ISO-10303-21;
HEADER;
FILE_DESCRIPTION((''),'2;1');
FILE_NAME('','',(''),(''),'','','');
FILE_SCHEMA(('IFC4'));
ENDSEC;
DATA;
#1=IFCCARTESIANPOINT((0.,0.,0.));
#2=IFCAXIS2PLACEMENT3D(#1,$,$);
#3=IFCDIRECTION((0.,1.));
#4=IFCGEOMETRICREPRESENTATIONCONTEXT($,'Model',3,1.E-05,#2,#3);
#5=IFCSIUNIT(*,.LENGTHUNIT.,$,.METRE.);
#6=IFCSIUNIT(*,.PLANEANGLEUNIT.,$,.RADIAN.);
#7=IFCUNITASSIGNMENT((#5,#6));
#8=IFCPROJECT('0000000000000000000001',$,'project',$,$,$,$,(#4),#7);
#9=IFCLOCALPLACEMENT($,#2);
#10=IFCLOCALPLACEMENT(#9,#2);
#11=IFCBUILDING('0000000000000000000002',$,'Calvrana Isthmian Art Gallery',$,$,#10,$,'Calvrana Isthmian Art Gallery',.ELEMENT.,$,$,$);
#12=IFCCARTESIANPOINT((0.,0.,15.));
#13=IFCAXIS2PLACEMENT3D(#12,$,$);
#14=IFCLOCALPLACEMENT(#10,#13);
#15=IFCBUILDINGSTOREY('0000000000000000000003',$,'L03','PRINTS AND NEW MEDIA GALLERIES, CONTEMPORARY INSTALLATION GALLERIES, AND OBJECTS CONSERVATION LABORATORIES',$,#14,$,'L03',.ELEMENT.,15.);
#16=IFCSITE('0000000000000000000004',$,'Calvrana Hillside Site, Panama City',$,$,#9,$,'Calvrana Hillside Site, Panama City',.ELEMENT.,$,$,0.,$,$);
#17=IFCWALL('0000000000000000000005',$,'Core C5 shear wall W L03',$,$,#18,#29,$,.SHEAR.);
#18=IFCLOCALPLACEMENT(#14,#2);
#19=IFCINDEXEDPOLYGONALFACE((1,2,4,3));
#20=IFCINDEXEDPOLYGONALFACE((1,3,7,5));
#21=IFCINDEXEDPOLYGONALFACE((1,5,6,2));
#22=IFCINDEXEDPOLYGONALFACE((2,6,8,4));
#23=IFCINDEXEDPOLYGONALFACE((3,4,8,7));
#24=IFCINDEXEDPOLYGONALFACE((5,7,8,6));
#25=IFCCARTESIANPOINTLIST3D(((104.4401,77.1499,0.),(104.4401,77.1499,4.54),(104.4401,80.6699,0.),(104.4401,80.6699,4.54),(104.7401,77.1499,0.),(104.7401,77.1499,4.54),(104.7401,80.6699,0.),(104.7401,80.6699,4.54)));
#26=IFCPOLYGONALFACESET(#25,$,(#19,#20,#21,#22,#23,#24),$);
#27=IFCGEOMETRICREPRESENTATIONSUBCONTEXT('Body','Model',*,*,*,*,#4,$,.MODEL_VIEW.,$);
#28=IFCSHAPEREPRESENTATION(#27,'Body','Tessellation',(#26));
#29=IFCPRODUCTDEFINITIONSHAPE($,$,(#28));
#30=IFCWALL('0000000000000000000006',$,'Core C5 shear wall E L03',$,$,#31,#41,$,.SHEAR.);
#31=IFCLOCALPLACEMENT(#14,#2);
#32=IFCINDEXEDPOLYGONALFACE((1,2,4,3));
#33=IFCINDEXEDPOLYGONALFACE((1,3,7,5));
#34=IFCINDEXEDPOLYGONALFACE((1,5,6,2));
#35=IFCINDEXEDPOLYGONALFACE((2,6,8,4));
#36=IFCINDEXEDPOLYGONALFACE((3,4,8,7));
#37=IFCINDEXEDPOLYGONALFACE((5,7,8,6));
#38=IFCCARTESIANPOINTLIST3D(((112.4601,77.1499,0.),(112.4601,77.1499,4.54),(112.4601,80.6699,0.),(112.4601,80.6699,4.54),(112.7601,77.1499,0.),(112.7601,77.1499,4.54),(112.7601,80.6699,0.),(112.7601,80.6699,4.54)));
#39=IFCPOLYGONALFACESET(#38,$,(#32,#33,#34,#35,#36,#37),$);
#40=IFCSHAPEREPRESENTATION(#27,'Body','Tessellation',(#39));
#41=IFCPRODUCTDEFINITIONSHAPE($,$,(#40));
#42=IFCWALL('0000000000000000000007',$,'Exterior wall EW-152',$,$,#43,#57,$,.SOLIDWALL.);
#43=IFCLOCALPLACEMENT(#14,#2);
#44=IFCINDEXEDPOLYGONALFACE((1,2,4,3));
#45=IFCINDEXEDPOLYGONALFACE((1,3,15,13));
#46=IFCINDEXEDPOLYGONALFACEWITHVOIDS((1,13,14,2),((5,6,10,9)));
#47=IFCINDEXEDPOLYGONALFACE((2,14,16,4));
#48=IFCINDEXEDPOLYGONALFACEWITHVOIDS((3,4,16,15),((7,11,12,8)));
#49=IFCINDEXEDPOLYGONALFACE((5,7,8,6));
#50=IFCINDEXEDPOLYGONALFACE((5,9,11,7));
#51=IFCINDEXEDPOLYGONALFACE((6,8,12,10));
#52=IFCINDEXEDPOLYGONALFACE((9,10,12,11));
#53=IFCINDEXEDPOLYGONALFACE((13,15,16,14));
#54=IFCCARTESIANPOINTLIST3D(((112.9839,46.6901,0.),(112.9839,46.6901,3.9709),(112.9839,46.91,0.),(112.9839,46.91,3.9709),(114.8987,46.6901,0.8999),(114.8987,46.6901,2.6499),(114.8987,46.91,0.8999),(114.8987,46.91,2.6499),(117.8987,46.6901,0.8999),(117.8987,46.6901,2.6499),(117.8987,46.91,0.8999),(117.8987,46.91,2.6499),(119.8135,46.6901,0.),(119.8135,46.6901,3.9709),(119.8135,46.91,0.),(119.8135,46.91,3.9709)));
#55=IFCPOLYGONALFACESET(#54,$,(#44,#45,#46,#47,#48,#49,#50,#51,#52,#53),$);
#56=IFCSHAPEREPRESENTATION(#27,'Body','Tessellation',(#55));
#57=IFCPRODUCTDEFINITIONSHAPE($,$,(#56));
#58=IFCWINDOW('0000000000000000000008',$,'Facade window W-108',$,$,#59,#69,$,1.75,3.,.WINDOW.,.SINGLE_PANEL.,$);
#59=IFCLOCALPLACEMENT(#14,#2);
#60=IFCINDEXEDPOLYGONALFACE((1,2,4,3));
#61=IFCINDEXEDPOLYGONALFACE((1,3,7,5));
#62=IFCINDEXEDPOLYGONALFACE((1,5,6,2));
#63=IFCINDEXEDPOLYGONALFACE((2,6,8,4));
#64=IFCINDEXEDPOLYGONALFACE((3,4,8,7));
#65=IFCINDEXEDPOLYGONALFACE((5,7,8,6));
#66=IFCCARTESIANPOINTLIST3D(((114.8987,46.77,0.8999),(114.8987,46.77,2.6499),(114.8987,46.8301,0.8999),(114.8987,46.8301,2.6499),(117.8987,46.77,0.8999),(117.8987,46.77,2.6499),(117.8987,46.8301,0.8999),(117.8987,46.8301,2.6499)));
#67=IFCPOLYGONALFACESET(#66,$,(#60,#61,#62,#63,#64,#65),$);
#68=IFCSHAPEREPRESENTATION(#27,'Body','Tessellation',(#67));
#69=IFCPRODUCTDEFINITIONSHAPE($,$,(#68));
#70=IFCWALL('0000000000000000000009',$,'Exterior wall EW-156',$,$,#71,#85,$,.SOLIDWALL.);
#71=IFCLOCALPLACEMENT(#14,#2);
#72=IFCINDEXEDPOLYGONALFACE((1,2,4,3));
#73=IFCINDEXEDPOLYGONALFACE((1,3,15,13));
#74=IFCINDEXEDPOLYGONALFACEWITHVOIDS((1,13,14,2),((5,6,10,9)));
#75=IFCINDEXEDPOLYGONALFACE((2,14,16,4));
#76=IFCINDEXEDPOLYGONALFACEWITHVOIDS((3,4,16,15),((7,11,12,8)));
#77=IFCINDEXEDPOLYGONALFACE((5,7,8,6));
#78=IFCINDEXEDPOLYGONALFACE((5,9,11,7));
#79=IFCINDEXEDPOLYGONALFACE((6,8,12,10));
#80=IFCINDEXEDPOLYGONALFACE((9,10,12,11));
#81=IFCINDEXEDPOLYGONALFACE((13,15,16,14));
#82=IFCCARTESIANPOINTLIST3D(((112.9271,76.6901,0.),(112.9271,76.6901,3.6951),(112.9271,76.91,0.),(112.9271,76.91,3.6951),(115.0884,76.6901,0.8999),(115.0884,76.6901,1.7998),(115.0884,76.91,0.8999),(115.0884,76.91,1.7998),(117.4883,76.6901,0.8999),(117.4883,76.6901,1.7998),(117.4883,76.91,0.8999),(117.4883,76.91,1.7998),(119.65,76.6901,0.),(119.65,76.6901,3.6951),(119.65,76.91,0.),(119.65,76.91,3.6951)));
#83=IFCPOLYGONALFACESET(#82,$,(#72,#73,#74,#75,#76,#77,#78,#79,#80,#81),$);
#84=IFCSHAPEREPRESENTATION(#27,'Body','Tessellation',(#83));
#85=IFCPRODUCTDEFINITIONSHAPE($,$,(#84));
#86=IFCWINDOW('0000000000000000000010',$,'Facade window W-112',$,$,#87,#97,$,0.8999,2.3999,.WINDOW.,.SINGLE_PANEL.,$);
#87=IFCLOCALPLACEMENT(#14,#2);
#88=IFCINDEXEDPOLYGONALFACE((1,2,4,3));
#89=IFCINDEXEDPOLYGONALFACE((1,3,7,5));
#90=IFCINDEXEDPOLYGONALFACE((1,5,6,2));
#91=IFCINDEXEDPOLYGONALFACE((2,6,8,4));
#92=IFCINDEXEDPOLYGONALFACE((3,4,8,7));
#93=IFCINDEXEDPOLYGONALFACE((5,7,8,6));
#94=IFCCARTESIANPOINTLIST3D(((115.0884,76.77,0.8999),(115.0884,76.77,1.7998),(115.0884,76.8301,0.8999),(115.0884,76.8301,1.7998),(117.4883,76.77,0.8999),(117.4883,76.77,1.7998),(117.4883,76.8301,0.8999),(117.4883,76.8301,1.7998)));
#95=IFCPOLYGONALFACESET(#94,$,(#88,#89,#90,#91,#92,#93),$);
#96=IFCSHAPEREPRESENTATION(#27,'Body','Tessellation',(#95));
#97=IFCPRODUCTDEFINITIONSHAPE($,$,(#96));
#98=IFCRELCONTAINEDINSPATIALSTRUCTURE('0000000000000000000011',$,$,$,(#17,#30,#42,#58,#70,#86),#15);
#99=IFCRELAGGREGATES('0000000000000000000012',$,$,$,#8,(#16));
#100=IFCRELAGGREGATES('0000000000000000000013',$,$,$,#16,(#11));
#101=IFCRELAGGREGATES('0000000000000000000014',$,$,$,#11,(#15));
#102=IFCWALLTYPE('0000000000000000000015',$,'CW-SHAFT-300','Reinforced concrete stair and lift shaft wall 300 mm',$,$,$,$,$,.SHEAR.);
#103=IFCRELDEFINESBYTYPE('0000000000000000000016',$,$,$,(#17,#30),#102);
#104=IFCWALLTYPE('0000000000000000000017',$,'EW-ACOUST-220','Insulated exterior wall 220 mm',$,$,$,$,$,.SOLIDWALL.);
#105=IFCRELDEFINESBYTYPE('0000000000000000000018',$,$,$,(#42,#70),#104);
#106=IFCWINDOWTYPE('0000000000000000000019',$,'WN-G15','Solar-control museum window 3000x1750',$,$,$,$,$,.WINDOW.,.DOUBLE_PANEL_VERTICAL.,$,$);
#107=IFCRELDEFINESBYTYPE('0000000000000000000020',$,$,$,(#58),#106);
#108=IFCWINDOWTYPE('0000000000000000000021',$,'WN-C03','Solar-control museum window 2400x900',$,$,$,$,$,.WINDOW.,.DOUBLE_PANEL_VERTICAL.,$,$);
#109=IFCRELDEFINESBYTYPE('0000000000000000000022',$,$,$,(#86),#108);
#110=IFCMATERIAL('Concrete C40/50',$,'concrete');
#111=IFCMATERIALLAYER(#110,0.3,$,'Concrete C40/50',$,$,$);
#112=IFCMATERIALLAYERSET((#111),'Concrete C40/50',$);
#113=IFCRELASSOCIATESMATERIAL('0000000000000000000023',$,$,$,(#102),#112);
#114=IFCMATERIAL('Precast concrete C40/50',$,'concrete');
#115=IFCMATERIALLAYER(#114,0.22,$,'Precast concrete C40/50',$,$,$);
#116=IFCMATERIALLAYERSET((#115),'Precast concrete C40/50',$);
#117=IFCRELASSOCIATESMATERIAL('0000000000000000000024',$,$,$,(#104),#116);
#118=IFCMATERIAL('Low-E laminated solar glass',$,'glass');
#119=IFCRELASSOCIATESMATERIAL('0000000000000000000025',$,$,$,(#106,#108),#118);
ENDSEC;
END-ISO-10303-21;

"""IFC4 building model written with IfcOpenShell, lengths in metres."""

from ifc_helpers import new_model, si_unit, direction, frame, frame_2d, origin, place, context, subcontext, project, spatial, rectangle, extrude, material, layer, layer_set, type_object, element, fill, save


model = new_model("IFC4")

# Units and contexts
model_context = context("Model", 3, precision=1e-05, world=origin(), true_north=direction((0.0, 1.0)))
body_context = subcontext(model_context, "Body", "Model", "MODEL_VIEW")
ifc_project = project(units=[si_unit("LENGTHUNIT", "METRE"), si_unit("PLANEANGLEUNIT", "RADIAN")], contexts=[model_context])

# Site, building, storey
site_placement = place(None, origin())
site = spatial("IfcSite", under=ifc_project, at=site_placement, Name="Calvrana Hillside Site, Panama City", LongName="Calvrana Hillside Site, Panama City", CompositionType="ELEMENT", RefElevation=0.0)
building_placement = place(site_placement, origin())
building = spatial("IfcBuilding", under=site, at=building_placement, Name="Calvrana Isthmian Art Gallery", LongName="Calvrana Isthmian Art Gallery", CompositionType="ELEMENT")
storey_placement = place(building_placement, frame((0.0, 0.0, 15.0)))
storey = spatial("IfcBuildingStorey", under=building, at=storey_placement, Name="L03", Description="PRINTS AND NEW MEDIA GALLERIES, CONTEMPORARY INSTALLATION GALLERIES, AND OBJECTS CONSERVATION LABORATORIES", LongName="L03", CompositionType="ELEMENT", Elevation=15.0)

# Shared definitions
ifc_material_1 = material(Name="Concrete C40/50", Category="concrete")

# Walls
ifc_layer_1 = layer(ifc_material_1, 0.3, Name="Concrete C40/50")
ifc_layer_set_1 = layer_set([ifc_layer_1], Name="Concrete C40/50")
wall_type_1 = type_object("IfcWallType", Name="CW-SHAFT-300", Description="Reinforced concrete stair and lift shaft wall 300 mm", PredefinedType="SHEAR", material=ifc_layer_set_1)
for number, where, z_axis, x_axis, name in (
    (1, (104.5901, 77.1499, 0.0), (0.0, 0.0, 1.0), (0.0, 1.0, 0.0), "Core C5 shear wall W L03"),
    (2, (112.6101, 77.1499, 0.0), (0.0, 0.0, 1.0), (0.0, 1.0, 0.0), "Core C5 shear wall E L03"),
):
    element("IfcWall", number, at=place(storey_placement, frame(where, z_axis=z_axis, x_axis=x_axis)), inside=storey, type_object=wall_type_1, Name=name, PredefinedType="SHEAR", context=body_context, shape_type="SweptSolid", body=[
        extrude(rectangle(XDim=3.52, YDim=0.3, at=frame_2d((1.76, 0.0))), origin(), (0.0, 0.0, 1.0), 4.54),
    ])

# Walls, openings, windows
ifc_material_2 = material(Name="Precast concrete C40/50", Category="concrete")
ifc_layer_2 = layer(ifc_material_2, 0.22, Name="Precast concrete C40/50")
ifc_layer_set_2 = layer_set([ifc_layer_2], Name="Precast concrete C40/50")
wall_type_2 = type_object("IfcWallType", Name="EW-ACOUST-220", Description="Insulated exterior wall 220 mm", PredefinedType="SOLIDWALL", material=ifc_layer_set_2)
wall_1_placement = place(storey_placement, frame((112.9839, 46.8, 0.0), z_axis=(0.0, 0.0, 1.0), x_axis=(1.0, 0.0, 0.0)))
wall_1 = element("IfcWall", 3, at=wall_1_placement, inside=storey, type_object=wall_type_2, Name="Exterior wall EW-152", PredefinedType="SOLIDWALL", context=body_context, shape_type="SweptSolid", body=[
    extrude(rectangle(XDim=6.8296, YDim=0.22, at=frame_2d((3.4148, 0.0))), origin(), (0.0, 0.0, 1.0), 3.9709),
])
opening_1_placement = place(wall_1_placement, frame((1.9148, 0.0, 0.8999)))
opening_1 = element("IfcOpeningElement", 4, at=opening_1_placement, cuts=wall_1, PredefinedType="OPENING", context=body_context, shape_type="SweptSolid", body=[
    extrude(rectangle(XDim=3.0, YDim=1.75, at=frame_2d((1.5, 0.875))), frame((0.0, 0.1201, 0.0), z_axis=(0.0, -1.0, 0.0), x_axis=(1.0, 0.0, 0.0)), (0.0, 0.0, 1.0), 0.2405),
])
ifc_material_3 = material(Name="Low-E laminated solar glass", Category="glass")
window_type_1 = type_object("IfcWindowType", Name="WN-G15", Description="Solar-control museum window 3000x1750", PartitioningType="DOUBLE_PANEL_VERTICAL", PredefinedType="WINDOW", material=ifc_material_3)
window_1_placement = place(opening_1_placement, origin())
window_1 = element("IfcWindow", 5, at=window_1_placement, inside=storey, type_object=window_type_1, Name="Facade window W-108", OverallHeight=1.75, OverallWidth=3.0, PartitioningType="SINGLE_PANEL", PredefinedType="WINDOW", context=body_context, shape_type="SweptSolid", body=[
    extrude(rectangle(XDim=3.0, YDim=1.75, at=frame_2d((1.5, 0.875))), frame((0.0, 0.03, 0.0), z_axis=(0.0, -1.0, 0.0), x_axis=(1.0, 0.0, 0.0)), (0.0, 0.0, 1.0), 0.0601),
])
fill(opening_1, window_1)
wall_2_placement = place(storey_placement, frame((119.6499, 76.8, 0.0), z_axis=(0.0, 0.0, 1.0), x_axis=(-1.0, 0.0, 0.0)))
wall_2 = element("IfcWall", 6, at=wall_2_placement, inside=storey, type_object=wall_type_2, Name="Exterior wall EW-156", PredefinedType="SOLIDWALL", context=body_context, shape_type="SweptSolid", body=[
    extrude(rectangle(XDim=6.7229, YDim=0.22, at=frame_2d((3.3613, 0.0))), origin(), (0.0, 0.0, 1.0), 3.6951),
])
opening_2_placement = place(wall_2_placement, frame((2.1616, 0.0, 0.8999)))
opening_2 = element("IfcOpeningElement", 7, at=opening_2_placement, cuts=wall_2, PredefinedType="OPENING", context=body_context, shape_type="SweptSolid", body=[
    extrude(rectangle(XDim=2.3999, YDim=0.8999, at=frame_2d((1.2, 0.45))), frame((0.0, 0.1201, 0.0), z_axis=(0.0, -1.0, 0.0), x_axis=(1.0, 0.0, 0.0)), (0.0, 0.0, 1.0), 0.2405),
])
window_type_2 = type_object("IfcWindowType", Name="WN-C03", Description="Solar-control museum window 2400x900", PartitioningType="DOUBLE_PANEL_VERTICAL", PredefinedType="WINDOW", material=ifc_material_3)
window_2_placement = place(opening_2_placement, origin())
window_2 = element("IfcWindow", 8, at=window_2_placement, inside=storey, type_object=window_type_2, Name="Facade window W-112", OverallHeight=0.8999, OverallWidth=2.3999, PartitioningType="SINGLE_PANEL", PredefinedType="WINDOW", context=body_context, shape_type="SweptSolid", body=[
    extrude(rectangle(XDim=2.3999, YDim=0.8999, at=frame_2d((1.2, 0.45))), frame((0.0, 0.03, 0.0), z_axis=(0.0, -1.0, 0.0), x_axis=(1.0, 0.0, 0.0)), (0.0, 0.0, 1.0), 0.0601),
])
fill(opening_2, window_2)

save(model, "model.ifc")
